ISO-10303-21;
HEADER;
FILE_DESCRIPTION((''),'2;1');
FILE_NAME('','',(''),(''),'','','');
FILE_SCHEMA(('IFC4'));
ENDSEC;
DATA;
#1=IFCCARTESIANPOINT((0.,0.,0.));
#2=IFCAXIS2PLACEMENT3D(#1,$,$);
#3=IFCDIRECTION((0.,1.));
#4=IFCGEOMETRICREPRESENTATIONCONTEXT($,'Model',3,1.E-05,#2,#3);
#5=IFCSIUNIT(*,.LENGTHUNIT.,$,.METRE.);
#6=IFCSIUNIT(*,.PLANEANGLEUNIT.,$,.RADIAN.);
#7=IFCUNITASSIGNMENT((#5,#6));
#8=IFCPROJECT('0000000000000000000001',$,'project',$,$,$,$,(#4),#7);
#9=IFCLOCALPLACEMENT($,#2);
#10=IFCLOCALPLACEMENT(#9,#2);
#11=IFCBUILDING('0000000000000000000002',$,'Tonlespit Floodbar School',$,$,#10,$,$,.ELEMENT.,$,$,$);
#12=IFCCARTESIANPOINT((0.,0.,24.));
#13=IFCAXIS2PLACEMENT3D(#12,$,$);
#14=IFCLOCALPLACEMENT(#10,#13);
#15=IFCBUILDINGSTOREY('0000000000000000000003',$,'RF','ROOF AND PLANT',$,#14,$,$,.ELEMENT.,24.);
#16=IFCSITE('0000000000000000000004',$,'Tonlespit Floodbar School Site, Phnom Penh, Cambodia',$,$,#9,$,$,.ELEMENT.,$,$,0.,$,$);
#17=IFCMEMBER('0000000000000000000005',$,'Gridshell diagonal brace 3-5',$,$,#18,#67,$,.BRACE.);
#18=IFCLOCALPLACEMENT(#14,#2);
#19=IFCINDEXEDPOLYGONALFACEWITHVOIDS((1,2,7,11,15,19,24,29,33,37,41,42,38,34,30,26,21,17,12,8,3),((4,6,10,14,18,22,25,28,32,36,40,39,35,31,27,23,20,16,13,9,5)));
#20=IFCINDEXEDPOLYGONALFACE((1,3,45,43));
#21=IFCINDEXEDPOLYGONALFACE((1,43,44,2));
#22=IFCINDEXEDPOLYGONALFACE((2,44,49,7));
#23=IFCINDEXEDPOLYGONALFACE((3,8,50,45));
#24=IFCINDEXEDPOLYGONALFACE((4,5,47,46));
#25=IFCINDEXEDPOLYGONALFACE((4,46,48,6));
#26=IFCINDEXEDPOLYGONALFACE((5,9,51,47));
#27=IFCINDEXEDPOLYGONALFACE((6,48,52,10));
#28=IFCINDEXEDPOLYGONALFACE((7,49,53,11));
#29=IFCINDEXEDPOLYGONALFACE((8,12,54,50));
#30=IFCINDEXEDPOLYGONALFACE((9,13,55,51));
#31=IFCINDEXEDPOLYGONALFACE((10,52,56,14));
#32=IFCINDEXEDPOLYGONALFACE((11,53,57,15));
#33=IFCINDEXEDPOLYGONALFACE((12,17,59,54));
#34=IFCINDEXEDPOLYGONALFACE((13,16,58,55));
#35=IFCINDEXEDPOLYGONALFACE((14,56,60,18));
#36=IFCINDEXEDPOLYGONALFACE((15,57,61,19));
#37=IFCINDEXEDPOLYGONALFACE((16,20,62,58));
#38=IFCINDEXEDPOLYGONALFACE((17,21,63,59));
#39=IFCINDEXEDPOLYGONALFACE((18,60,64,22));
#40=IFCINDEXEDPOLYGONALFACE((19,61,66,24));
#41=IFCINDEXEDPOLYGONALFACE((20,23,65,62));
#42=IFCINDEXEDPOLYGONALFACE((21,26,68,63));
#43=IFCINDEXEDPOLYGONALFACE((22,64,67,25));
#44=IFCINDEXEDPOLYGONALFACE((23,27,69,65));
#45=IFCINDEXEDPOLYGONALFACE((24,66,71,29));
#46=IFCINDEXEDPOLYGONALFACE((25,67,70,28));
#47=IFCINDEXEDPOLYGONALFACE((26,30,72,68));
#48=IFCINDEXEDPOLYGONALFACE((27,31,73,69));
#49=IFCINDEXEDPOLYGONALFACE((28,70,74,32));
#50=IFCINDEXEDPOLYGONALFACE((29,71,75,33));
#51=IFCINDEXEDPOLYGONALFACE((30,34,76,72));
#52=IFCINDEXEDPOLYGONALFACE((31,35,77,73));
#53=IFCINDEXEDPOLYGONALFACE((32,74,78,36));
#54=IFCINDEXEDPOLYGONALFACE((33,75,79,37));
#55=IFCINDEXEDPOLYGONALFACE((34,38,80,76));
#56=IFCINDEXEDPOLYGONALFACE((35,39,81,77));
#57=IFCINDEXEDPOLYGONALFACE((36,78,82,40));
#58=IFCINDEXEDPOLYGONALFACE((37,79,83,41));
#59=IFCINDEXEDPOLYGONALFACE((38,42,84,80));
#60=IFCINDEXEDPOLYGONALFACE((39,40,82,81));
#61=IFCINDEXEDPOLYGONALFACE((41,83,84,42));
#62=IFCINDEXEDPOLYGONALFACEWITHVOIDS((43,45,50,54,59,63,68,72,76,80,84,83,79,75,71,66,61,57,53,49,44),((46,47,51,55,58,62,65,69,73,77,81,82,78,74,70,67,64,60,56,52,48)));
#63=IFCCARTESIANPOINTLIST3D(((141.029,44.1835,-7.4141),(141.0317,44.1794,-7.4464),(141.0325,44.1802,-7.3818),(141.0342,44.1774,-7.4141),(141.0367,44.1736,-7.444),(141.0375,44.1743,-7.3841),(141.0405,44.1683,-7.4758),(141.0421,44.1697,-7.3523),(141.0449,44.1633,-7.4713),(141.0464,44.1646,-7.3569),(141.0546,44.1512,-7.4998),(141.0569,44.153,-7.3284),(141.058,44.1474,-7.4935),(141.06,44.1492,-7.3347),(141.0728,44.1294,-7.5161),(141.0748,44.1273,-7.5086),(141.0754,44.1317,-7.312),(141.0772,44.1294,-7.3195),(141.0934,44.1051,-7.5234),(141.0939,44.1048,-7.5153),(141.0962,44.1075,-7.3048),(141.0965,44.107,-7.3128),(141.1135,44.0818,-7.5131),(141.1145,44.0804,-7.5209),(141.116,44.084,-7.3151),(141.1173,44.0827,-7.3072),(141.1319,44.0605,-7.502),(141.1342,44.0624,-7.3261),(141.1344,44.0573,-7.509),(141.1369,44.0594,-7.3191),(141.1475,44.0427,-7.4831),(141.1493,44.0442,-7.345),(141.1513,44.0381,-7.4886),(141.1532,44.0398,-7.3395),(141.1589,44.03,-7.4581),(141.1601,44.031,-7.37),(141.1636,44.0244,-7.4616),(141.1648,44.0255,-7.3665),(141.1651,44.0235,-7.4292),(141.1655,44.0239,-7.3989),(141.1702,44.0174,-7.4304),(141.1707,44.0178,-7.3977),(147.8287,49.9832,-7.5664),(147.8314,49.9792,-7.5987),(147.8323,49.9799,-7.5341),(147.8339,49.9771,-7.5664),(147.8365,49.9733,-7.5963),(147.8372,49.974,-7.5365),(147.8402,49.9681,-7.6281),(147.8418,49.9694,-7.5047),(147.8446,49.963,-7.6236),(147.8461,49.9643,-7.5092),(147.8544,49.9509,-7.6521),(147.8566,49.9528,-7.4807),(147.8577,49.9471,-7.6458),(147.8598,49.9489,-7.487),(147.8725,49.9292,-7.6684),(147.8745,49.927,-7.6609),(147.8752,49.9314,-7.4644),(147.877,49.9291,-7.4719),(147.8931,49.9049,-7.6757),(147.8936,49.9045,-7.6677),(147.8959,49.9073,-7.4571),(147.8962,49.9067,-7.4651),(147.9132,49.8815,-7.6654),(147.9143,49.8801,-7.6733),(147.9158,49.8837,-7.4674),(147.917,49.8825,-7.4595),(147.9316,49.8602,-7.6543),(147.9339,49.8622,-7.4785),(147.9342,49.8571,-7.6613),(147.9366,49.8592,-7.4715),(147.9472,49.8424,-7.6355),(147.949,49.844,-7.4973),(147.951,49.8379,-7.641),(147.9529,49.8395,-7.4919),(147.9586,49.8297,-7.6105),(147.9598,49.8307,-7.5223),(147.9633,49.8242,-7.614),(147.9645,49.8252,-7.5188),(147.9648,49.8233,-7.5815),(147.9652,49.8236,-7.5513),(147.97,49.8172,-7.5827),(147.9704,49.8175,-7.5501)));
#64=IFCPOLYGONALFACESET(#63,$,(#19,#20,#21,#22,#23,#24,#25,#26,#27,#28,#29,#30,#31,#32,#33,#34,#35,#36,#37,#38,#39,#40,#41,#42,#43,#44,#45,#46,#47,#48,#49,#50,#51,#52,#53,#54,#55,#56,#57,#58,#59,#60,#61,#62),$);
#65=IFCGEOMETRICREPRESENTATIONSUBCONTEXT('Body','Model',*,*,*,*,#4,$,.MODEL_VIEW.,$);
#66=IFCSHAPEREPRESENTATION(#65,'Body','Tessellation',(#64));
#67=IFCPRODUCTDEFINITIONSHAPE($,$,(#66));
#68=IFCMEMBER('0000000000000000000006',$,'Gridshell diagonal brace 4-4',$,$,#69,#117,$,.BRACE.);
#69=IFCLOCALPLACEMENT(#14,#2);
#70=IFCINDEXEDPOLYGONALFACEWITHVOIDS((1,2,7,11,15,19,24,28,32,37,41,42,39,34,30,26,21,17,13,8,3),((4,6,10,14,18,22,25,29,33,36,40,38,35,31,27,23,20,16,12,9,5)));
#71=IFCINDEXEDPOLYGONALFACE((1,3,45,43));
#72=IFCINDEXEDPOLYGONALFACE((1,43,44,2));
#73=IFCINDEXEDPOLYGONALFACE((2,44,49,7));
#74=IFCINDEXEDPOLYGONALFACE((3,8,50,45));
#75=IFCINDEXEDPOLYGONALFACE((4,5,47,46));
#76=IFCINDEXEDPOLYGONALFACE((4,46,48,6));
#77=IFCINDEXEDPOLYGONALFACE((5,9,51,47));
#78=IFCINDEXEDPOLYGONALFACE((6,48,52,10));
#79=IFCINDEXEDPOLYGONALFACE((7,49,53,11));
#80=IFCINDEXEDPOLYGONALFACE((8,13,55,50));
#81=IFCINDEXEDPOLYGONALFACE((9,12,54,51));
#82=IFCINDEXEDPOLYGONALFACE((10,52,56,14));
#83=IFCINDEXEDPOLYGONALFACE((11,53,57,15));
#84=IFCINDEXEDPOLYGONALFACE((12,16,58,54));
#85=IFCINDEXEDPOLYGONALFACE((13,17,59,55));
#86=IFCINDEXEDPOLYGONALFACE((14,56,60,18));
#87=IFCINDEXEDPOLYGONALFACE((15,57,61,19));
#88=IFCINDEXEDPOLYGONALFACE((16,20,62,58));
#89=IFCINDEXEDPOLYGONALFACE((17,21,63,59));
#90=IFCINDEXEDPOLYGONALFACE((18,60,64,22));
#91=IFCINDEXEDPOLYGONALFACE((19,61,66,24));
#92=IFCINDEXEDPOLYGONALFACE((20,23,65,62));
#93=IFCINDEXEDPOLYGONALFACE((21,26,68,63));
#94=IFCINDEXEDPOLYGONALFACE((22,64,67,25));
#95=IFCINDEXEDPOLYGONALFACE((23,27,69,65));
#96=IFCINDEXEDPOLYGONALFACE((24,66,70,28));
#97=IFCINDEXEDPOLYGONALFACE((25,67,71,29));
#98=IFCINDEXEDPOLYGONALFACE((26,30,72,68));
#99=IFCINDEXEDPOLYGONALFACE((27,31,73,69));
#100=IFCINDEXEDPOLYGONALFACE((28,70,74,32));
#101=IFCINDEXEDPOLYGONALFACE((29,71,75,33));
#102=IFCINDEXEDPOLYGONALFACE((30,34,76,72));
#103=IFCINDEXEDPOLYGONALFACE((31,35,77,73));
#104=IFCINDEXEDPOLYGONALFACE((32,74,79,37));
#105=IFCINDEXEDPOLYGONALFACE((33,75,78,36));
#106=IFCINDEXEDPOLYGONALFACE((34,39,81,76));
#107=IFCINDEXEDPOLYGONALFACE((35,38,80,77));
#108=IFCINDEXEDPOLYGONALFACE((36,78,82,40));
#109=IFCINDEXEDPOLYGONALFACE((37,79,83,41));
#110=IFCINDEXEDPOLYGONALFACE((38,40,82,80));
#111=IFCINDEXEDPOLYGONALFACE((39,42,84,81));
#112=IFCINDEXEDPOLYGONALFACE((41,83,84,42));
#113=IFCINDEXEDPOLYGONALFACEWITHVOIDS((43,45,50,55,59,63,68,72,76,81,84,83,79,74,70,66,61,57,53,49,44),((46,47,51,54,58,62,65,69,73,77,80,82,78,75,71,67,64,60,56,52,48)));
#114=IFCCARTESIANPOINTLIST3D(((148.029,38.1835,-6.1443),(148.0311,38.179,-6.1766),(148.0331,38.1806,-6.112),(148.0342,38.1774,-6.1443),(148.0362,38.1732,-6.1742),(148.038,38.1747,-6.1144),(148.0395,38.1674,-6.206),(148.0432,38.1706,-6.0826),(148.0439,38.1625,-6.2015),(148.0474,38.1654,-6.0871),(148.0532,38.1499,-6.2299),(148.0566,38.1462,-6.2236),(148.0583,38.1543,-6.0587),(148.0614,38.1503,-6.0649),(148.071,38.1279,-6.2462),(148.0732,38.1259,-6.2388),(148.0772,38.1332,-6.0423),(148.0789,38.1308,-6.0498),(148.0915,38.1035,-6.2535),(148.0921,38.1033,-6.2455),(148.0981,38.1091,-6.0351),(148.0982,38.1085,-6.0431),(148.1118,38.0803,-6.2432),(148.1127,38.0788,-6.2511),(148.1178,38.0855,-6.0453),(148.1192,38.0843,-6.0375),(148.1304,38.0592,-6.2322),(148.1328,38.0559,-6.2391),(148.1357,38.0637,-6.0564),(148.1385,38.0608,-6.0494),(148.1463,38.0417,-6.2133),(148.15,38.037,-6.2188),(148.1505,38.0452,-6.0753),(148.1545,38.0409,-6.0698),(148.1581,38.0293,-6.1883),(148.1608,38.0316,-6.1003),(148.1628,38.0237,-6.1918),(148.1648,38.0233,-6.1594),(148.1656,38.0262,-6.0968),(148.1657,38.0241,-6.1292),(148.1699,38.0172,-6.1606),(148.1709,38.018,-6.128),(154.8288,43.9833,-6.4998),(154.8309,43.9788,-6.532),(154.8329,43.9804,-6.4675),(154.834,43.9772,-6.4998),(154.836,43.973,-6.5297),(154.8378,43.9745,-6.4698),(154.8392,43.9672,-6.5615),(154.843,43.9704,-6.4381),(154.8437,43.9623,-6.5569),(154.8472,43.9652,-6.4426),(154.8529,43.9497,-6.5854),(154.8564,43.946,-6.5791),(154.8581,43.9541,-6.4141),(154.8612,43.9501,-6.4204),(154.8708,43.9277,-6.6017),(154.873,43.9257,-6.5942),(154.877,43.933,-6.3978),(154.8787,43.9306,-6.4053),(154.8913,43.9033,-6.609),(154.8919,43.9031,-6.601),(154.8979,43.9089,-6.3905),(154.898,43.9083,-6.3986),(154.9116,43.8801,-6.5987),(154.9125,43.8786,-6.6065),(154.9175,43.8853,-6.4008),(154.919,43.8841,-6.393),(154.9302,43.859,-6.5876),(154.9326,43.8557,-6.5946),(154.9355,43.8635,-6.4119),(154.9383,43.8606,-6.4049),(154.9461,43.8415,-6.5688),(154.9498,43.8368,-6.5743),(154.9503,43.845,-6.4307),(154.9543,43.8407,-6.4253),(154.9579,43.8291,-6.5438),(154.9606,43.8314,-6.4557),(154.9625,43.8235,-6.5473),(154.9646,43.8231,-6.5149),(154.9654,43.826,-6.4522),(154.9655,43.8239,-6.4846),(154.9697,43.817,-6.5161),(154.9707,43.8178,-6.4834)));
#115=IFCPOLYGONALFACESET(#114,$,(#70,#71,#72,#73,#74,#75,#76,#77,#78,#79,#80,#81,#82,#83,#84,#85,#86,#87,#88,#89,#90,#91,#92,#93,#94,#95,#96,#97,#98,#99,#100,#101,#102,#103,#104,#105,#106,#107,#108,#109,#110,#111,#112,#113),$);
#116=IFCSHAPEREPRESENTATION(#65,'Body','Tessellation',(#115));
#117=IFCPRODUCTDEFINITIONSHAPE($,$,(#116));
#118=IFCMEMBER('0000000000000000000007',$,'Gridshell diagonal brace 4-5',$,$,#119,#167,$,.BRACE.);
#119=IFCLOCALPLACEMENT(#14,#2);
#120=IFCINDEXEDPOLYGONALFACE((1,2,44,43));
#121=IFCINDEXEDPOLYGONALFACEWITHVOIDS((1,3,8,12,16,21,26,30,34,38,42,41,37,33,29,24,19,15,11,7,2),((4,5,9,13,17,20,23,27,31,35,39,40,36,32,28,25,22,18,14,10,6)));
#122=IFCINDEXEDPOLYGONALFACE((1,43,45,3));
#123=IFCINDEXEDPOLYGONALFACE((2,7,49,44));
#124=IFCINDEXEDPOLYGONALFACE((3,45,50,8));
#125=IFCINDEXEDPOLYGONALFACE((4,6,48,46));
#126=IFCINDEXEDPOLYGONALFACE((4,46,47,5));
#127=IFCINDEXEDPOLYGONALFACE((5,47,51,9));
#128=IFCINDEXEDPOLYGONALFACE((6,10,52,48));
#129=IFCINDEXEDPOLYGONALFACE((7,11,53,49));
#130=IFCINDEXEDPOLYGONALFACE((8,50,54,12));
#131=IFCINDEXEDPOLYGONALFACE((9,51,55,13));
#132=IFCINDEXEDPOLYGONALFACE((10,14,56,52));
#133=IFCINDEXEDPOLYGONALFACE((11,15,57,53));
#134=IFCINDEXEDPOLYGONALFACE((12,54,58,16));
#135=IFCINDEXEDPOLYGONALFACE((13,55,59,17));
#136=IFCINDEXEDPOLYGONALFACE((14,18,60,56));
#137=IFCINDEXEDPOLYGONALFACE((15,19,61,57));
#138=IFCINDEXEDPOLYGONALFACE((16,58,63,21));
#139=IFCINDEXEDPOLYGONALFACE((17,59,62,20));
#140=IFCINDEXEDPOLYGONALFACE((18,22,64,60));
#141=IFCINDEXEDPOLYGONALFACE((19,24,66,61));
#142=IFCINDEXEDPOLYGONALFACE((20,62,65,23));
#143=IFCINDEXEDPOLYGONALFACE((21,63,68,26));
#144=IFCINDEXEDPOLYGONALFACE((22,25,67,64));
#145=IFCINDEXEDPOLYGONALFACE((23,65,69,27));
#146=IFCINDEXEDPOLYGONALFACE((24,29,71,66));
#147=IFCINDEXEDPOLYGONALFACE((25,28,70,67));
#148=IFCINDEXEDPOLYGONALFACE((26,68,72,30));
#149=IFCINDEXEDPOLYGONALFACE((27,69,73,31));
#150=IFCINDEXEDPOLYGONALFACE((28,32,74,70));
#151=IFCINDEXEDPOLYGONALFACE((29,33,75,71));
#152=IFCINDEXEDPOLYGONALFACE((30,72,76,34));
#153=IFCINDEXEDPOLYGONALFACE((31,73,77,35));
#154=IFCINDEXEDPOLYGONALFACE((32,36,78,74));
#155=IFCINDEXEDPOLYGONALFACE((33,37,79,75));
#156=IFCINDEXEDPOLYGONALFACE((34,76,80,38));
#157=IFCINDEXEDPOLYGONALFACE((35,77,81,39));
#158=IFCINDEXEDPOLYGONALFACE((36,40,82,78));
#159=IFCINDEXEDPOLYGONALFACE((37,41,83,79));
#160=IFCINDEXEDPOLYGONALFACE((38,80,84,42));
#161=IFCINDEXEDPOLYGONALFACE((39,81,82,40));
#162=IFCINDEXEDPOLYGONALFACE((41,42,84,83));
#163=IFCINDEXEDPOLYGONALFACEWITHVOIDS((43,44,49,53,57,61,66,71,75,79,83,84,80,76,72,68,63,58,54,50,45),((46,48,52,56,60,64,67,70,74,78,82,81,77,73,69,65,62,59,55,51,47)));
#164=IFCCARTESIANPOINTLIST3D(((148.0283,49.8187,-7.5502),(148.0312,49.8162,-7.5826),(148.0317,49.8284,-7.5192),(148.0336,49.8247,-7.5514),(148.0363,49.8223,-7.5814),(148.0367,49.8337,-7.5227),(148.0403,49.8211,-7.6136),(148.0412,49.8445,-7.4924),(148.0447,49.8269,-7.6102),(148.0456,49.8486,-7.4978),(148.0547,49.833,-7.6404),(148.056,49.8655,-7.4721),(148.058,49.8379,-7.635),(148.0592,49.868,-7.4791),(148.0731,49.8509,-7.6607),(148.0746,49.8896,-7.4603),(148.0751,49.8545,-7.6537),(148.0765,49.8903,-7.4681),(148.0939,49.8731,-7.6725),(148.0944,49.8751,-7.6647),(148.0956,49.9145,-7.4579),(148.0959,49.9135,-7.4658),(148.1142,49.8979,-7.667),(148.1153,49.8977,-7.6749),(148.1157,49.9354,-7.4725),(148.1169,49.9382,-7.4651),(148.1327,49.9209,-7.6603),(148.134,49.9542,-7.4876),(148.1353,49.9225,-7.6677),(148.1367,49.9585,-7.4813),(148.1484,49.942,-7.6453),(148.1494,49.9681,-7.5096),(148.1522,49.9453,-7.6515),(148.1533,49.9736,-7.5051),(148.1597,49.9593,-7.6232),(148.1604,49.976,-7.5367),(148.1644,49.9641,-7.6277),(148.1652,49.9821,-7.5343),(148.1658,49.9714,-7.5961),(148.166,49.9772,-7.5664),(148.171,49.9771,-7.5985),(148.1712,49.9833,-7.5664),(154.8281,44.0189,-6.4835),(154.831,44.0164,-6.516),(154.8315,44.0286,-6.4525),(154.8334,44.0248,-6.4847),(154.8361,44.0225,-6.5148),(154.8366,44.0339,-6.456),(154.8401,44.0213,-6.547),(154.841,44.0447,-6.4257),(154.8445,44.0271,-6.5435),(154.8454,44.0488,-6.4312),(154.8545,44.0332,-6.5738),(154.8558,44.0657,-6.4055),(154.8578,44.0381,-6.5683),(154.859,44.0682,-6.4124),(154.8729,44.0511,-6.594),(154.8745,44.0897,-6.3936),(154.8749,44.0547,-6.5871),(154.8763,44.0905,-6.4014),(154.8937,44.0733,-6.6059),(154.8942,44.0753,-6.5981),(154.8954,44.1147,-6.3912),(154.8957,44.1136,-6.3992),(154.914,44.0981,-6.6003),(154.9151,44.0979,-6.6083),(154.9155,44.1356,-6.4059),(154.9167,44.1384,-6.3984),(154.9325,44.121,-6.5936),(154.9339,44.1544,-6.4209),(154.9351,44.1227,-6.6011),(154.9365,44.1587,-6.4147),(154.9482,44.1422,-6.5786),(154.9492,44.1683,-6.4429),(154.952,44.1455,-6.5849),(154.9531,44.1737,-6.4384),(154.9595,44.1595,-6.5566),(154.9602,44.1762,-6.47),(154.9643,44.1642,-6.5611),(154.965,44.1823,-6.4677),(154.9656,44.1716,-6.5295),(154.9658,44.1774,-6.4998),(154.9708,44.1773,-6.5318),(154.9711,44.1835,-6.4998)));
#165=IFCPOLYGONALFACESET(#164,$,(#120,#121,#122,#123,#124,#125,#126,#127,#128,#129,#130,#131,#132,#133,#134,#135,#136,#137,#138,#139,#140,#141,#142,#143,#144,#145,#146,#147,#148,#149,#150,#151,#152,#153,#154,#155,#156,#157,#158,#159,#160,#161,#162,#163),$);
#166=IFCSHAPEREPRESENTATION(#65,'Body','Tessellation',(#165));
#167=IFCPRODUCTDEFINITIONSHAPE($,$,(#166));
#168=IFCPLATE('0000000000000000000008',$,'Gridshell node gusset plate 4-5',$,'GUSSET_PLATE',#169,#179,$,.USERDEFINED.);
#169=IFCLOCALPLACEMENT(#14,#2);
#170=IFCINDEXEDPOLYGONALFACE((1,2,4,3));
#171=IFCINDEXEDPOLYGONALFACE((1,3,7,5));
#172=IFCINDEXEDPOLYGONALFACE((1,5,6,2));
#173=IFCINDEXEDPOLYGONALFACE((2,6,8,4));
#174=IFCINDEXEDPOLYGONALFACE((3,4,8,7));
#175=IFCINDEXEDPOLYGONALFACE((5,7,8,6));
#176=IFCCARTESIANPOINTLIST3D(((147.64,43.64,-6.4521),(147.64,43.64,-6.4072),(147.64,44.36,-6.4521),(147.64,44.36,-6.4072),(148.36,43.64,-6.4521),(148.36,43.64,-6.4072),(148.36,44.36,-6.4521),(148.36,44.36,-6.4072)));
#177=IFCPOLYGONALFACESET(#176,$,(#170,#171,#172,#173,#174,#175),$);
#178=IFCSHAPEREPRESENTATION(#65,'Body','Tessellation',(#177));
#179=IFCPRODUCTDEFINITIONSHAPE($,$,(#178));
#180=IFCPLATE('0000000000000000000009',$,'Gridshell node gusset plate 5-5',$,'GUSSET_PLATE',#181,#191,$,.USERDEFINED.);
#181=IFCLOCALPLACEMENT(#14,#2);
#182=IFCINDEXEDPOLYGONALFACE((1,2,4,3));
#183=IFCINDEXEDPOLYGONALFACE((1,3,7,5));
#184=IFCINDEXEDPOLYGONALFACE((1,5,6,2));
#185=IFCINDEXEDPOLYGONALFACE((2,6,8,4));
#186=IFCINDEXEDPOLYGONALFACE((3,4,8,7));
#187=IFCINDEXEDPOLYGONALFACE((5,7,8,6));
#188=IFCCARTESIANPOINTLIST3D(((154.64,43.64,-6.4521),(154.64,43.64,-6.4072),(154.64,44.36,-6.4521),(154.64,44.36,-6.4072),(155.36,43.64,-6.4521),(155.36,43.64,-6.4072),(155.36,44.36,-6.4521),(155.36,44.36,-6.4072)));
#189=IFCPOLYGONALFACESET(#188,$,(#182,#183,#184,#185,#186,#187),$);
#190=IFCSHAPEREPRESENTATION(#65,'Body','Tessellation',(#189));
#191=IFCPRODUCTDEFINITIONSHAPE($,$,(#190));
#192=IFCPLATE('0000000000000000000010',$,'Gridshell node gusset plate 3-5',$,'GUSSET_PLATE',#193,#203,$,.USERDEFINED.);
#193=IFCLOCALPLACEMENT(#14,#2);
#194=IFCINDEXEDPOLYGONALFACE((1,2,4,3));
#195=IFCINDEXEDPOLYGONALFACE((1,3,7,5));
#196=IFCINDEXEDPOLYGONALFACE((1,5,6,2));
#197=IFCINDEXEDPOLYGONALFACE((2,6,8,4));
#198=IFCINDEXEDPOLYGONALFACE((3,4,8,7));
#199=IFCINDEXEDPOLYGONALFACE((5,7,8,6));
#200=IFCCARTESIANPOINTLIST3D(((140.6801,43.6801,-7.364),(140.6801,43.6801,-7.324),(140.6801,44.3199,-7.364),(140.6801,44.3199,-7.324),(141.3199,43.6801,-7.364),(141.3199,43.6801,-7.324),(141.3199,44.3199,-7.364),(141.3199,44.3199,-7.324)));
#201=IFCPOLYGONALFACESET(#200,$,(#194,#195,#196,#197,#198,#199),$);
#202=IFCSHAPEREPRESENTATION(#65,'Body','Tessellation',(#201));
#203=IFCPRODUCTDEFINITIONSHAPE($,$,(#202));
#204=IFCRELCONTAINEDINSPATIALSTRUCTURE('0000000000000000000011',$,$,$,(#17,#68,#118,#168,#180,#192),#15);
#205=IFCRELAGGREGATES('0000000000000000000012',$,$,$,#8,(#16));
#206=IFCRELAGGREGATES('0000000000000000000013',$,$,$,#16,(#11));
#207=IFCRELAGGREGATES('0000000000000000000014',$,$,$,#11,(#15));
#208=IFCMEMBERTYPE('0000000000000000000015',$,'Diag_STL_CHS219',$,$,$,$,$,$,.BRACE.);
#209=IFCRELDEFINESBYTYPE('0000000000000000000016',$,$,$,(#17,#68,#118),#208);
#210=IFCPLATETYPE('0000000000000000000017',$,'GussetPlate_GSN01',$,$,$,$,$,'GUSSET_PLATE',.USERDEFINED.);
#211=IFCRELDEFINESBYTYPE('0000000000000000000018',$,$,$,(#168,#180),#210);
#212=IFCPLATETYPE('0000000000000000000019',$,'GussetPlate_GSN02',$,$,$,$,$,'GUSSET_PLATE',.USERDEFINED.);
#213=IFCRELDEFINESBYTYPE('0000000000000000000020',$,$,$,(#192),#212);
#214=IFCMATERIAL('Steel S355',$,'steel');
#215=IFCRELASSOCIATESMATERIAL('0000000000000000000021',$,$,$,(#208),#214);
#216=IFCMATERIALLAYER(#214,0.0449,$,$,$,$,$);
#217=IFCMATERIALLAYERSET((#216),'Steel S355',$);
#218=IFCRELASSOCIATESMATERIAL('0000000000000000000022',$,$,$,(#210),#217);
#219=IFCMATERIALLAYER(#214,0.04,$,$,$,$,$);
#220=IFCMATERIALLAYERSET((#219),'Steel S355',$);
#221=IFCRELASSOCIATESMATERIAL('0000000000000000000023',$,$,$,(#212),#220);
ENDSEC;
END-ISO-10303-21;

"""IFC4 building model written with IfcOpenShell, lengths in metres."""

from ifc_helpers import new_model, si_unit, direction, frame, origin, origin_2d, place, context, subcontext, project, spatial, rectangle, hollow_circle, extrude, material, layer, layer_set, material_profile, profile_set, type_object, element, save


model = new_model("IFC4")

# Units and contexts
model_context = context("Model", 3, precision=1e-05, world=origin(), true_north=direction((0.0, 1.0)))
body_context = subcontext(model_context, "Body", "Model", "MODEL_VIEW")
ifc_project = project(units=[si_unit("LENGTHUNIT", "METRE"), si_unit("PLANEANGLEUNIT", "RADIAN")], contexts=[model_context])

# Site, building, storey
site_placement = place(None, origin())
site = spatial("IfcSite", under=ifc_project, at=site_placement, Name="Tonlespit Floodbar School Site, Phnom Penh, Cambodia", CompositionType="ELEMENT", RefElevation=0.0)
building_placement = place(site_placement, origin())
building = spatial("IfcBuilding", under=site, at=building_placement, Name="Tonlespit Floodbar School", CompositionType="ELEMENT")
storey_placement = place(building_placement, frame((0.0, 0.0, 24.0)))
storey = spatial("IfcBuildingStorey", under=building, at=storey_placement, Name="RF", Description="ROOF AND PLANT", CompositionType="ELEMENT", Elevation=24.0)

# Members
ifc_material_1 = material(Name="Steel S355", Category="steel")
ifc_material_profile_1 = material_profile(ifc_material_1, hollow_circle(Radius=0.1096, WallThickness=0.0081, at=origin_2d()), Name="CHS 219.1x8")
ifc_profile_set_1 = profile_set([ifc_material_profile_1], Name="Steel S355")
member_type = type_object("IfcMemberType", Name="Diag_STL_CHS219", PredefinedType="BRACE", material=ifc_profile_set_1)
member_1_placement = place(storey_placement, frame((141.1001, 44.1001, -7.4141), z_axis=(0.760725, 0.64885, -0.017043), x_axis=(-0.648945, 0.760836, 0.0)))
element("IfcMember", 1, at=member_1_placement, inside=storey, type_object=member_type, Name="Gridshell diagonal brace 3-5", PredefinedType="BRACE", context=body_context, shape_type="SweptSolid", body=[
    extrude(hollow_circle(Radius=0.1096, WallThickness=0.0081, at=origin_2d()), origin(), (0.0, 0.0, 1.0), 8.9385),
])
member_2_placement = place(storey_placement, frame((148.1001, 38.1001, -6.1443), z_axis=(0.760234, 0.648432, -0.039742), x_axis=(-0.648945, 0.760836, 0.0)))
element("IfcMember", 2, at=member_2_placement, inside=storey, type_object=member_type, Name="Gridshell diagonal brace 4-4", PredefinedType="BRACE", context=body_context, shape_type="SweptSolid", body=[
    extrude(hollow_circle(Radius=0.1096, WallThickness=0.0081, at=origin_2d()), origin(), (0.0, 0.0, 1.0), 8.9443),
])
member_3_placement = place(storey_placement, frame((148.1001, 49.8999, -7.5664), z_axis=(0.755474, -0.644372, 0.118507), x_axis=(0.648945, 0.760836, 0.0)))
element("IfcMember", 3, at=member_3_placement, inside=storey, type_object=member_type, Name="Gridshell diagonal brace 4-5", PredefinedType="BRACE", context=body_context, shape_type="SweptSolid", body=[
    extrude(hollow_circle(Radius=0.1096, WallThickness=0.0081, at=origin_2d()), origin(), (0.0, 0.0, 1.0), 9.0007),
])

# Plates
ifc_layer_1 = layer(ifc_material_1, 0.0449)
ifc_layer_set_1 = layer_set([ifc_layer_1], Name="Steel S355")
plate_type_1 = type_object("IfcPlateType", Name="GussetPlate_GSN01", ElementType="GUSSET_PLATE", PredefinedType="USERDEFINED", material=ifc_layer_set_1)
for number, where, z_axis, x_axis, name in (
    (4, (148.0, 44.0, -6.4521), (0.0, 0.0, 1.0), (1.0, 0.0, 0.0), "Gridshell node gusset plate 4-5"),
    (5, (155.0, 44.0, -6.4521), (0.0, 0.0, 1.0), (1.0, 0.0, 0.0), "Gridshell node gusset plate 5-5"),
):
    element("IfcPlate", number, at=place(storey_placement, frame(where, z_axis=z_axis, x_axis=x_axis)), inside=storey, type_object=plate_type_1, Name=name, ObjectType="GUSSET_PLATE", PredefinedType="USERDEFINED", context=body_context, shape_type="SweptSolid", body=[
        extrude(rectangle(XDim=0.72, YDim=0.72, at=origin_2d()), origin(), (0.0, 0.0, 1.0), 0.0449),
    ])
ifc_layer_2 = layer(ifc_material_1, 0.04)
ifc_layer_set_2 = layer_set([ifc_layer_2], Name="Steel S355")
plate_type_2 = type_object("IfcPlateType", Name="GussetPlate_GSN02", ElementType="GUSSET_PLATE", PredefinedType="USERDEFINED", material=ifc_layer_set_2)
plate_placement = place(storey_placement, frame((141.0, 44.0, -7.364), z_axis=(0.0, 0.0, 1.0), x_axis=(1.0, 0.0, 0.0)))
element("IfcPlate", 6, at=plate_placement, inside=storey, type_object=plate_type_2, Name="Gridshell node gusset plate 3-5", ObjectType="GUSSET_PLATE", PredefinedType="USERDEFINED", context=body_context, shape_type="SweptSolid", body=[
    extrude(rectangle(XDim=0.6399, YDim=0.6399, at=origin_2d()), origin(), (0.0, 0.0, 1.0), 0.04),
])

save(model, "model.ifc")
